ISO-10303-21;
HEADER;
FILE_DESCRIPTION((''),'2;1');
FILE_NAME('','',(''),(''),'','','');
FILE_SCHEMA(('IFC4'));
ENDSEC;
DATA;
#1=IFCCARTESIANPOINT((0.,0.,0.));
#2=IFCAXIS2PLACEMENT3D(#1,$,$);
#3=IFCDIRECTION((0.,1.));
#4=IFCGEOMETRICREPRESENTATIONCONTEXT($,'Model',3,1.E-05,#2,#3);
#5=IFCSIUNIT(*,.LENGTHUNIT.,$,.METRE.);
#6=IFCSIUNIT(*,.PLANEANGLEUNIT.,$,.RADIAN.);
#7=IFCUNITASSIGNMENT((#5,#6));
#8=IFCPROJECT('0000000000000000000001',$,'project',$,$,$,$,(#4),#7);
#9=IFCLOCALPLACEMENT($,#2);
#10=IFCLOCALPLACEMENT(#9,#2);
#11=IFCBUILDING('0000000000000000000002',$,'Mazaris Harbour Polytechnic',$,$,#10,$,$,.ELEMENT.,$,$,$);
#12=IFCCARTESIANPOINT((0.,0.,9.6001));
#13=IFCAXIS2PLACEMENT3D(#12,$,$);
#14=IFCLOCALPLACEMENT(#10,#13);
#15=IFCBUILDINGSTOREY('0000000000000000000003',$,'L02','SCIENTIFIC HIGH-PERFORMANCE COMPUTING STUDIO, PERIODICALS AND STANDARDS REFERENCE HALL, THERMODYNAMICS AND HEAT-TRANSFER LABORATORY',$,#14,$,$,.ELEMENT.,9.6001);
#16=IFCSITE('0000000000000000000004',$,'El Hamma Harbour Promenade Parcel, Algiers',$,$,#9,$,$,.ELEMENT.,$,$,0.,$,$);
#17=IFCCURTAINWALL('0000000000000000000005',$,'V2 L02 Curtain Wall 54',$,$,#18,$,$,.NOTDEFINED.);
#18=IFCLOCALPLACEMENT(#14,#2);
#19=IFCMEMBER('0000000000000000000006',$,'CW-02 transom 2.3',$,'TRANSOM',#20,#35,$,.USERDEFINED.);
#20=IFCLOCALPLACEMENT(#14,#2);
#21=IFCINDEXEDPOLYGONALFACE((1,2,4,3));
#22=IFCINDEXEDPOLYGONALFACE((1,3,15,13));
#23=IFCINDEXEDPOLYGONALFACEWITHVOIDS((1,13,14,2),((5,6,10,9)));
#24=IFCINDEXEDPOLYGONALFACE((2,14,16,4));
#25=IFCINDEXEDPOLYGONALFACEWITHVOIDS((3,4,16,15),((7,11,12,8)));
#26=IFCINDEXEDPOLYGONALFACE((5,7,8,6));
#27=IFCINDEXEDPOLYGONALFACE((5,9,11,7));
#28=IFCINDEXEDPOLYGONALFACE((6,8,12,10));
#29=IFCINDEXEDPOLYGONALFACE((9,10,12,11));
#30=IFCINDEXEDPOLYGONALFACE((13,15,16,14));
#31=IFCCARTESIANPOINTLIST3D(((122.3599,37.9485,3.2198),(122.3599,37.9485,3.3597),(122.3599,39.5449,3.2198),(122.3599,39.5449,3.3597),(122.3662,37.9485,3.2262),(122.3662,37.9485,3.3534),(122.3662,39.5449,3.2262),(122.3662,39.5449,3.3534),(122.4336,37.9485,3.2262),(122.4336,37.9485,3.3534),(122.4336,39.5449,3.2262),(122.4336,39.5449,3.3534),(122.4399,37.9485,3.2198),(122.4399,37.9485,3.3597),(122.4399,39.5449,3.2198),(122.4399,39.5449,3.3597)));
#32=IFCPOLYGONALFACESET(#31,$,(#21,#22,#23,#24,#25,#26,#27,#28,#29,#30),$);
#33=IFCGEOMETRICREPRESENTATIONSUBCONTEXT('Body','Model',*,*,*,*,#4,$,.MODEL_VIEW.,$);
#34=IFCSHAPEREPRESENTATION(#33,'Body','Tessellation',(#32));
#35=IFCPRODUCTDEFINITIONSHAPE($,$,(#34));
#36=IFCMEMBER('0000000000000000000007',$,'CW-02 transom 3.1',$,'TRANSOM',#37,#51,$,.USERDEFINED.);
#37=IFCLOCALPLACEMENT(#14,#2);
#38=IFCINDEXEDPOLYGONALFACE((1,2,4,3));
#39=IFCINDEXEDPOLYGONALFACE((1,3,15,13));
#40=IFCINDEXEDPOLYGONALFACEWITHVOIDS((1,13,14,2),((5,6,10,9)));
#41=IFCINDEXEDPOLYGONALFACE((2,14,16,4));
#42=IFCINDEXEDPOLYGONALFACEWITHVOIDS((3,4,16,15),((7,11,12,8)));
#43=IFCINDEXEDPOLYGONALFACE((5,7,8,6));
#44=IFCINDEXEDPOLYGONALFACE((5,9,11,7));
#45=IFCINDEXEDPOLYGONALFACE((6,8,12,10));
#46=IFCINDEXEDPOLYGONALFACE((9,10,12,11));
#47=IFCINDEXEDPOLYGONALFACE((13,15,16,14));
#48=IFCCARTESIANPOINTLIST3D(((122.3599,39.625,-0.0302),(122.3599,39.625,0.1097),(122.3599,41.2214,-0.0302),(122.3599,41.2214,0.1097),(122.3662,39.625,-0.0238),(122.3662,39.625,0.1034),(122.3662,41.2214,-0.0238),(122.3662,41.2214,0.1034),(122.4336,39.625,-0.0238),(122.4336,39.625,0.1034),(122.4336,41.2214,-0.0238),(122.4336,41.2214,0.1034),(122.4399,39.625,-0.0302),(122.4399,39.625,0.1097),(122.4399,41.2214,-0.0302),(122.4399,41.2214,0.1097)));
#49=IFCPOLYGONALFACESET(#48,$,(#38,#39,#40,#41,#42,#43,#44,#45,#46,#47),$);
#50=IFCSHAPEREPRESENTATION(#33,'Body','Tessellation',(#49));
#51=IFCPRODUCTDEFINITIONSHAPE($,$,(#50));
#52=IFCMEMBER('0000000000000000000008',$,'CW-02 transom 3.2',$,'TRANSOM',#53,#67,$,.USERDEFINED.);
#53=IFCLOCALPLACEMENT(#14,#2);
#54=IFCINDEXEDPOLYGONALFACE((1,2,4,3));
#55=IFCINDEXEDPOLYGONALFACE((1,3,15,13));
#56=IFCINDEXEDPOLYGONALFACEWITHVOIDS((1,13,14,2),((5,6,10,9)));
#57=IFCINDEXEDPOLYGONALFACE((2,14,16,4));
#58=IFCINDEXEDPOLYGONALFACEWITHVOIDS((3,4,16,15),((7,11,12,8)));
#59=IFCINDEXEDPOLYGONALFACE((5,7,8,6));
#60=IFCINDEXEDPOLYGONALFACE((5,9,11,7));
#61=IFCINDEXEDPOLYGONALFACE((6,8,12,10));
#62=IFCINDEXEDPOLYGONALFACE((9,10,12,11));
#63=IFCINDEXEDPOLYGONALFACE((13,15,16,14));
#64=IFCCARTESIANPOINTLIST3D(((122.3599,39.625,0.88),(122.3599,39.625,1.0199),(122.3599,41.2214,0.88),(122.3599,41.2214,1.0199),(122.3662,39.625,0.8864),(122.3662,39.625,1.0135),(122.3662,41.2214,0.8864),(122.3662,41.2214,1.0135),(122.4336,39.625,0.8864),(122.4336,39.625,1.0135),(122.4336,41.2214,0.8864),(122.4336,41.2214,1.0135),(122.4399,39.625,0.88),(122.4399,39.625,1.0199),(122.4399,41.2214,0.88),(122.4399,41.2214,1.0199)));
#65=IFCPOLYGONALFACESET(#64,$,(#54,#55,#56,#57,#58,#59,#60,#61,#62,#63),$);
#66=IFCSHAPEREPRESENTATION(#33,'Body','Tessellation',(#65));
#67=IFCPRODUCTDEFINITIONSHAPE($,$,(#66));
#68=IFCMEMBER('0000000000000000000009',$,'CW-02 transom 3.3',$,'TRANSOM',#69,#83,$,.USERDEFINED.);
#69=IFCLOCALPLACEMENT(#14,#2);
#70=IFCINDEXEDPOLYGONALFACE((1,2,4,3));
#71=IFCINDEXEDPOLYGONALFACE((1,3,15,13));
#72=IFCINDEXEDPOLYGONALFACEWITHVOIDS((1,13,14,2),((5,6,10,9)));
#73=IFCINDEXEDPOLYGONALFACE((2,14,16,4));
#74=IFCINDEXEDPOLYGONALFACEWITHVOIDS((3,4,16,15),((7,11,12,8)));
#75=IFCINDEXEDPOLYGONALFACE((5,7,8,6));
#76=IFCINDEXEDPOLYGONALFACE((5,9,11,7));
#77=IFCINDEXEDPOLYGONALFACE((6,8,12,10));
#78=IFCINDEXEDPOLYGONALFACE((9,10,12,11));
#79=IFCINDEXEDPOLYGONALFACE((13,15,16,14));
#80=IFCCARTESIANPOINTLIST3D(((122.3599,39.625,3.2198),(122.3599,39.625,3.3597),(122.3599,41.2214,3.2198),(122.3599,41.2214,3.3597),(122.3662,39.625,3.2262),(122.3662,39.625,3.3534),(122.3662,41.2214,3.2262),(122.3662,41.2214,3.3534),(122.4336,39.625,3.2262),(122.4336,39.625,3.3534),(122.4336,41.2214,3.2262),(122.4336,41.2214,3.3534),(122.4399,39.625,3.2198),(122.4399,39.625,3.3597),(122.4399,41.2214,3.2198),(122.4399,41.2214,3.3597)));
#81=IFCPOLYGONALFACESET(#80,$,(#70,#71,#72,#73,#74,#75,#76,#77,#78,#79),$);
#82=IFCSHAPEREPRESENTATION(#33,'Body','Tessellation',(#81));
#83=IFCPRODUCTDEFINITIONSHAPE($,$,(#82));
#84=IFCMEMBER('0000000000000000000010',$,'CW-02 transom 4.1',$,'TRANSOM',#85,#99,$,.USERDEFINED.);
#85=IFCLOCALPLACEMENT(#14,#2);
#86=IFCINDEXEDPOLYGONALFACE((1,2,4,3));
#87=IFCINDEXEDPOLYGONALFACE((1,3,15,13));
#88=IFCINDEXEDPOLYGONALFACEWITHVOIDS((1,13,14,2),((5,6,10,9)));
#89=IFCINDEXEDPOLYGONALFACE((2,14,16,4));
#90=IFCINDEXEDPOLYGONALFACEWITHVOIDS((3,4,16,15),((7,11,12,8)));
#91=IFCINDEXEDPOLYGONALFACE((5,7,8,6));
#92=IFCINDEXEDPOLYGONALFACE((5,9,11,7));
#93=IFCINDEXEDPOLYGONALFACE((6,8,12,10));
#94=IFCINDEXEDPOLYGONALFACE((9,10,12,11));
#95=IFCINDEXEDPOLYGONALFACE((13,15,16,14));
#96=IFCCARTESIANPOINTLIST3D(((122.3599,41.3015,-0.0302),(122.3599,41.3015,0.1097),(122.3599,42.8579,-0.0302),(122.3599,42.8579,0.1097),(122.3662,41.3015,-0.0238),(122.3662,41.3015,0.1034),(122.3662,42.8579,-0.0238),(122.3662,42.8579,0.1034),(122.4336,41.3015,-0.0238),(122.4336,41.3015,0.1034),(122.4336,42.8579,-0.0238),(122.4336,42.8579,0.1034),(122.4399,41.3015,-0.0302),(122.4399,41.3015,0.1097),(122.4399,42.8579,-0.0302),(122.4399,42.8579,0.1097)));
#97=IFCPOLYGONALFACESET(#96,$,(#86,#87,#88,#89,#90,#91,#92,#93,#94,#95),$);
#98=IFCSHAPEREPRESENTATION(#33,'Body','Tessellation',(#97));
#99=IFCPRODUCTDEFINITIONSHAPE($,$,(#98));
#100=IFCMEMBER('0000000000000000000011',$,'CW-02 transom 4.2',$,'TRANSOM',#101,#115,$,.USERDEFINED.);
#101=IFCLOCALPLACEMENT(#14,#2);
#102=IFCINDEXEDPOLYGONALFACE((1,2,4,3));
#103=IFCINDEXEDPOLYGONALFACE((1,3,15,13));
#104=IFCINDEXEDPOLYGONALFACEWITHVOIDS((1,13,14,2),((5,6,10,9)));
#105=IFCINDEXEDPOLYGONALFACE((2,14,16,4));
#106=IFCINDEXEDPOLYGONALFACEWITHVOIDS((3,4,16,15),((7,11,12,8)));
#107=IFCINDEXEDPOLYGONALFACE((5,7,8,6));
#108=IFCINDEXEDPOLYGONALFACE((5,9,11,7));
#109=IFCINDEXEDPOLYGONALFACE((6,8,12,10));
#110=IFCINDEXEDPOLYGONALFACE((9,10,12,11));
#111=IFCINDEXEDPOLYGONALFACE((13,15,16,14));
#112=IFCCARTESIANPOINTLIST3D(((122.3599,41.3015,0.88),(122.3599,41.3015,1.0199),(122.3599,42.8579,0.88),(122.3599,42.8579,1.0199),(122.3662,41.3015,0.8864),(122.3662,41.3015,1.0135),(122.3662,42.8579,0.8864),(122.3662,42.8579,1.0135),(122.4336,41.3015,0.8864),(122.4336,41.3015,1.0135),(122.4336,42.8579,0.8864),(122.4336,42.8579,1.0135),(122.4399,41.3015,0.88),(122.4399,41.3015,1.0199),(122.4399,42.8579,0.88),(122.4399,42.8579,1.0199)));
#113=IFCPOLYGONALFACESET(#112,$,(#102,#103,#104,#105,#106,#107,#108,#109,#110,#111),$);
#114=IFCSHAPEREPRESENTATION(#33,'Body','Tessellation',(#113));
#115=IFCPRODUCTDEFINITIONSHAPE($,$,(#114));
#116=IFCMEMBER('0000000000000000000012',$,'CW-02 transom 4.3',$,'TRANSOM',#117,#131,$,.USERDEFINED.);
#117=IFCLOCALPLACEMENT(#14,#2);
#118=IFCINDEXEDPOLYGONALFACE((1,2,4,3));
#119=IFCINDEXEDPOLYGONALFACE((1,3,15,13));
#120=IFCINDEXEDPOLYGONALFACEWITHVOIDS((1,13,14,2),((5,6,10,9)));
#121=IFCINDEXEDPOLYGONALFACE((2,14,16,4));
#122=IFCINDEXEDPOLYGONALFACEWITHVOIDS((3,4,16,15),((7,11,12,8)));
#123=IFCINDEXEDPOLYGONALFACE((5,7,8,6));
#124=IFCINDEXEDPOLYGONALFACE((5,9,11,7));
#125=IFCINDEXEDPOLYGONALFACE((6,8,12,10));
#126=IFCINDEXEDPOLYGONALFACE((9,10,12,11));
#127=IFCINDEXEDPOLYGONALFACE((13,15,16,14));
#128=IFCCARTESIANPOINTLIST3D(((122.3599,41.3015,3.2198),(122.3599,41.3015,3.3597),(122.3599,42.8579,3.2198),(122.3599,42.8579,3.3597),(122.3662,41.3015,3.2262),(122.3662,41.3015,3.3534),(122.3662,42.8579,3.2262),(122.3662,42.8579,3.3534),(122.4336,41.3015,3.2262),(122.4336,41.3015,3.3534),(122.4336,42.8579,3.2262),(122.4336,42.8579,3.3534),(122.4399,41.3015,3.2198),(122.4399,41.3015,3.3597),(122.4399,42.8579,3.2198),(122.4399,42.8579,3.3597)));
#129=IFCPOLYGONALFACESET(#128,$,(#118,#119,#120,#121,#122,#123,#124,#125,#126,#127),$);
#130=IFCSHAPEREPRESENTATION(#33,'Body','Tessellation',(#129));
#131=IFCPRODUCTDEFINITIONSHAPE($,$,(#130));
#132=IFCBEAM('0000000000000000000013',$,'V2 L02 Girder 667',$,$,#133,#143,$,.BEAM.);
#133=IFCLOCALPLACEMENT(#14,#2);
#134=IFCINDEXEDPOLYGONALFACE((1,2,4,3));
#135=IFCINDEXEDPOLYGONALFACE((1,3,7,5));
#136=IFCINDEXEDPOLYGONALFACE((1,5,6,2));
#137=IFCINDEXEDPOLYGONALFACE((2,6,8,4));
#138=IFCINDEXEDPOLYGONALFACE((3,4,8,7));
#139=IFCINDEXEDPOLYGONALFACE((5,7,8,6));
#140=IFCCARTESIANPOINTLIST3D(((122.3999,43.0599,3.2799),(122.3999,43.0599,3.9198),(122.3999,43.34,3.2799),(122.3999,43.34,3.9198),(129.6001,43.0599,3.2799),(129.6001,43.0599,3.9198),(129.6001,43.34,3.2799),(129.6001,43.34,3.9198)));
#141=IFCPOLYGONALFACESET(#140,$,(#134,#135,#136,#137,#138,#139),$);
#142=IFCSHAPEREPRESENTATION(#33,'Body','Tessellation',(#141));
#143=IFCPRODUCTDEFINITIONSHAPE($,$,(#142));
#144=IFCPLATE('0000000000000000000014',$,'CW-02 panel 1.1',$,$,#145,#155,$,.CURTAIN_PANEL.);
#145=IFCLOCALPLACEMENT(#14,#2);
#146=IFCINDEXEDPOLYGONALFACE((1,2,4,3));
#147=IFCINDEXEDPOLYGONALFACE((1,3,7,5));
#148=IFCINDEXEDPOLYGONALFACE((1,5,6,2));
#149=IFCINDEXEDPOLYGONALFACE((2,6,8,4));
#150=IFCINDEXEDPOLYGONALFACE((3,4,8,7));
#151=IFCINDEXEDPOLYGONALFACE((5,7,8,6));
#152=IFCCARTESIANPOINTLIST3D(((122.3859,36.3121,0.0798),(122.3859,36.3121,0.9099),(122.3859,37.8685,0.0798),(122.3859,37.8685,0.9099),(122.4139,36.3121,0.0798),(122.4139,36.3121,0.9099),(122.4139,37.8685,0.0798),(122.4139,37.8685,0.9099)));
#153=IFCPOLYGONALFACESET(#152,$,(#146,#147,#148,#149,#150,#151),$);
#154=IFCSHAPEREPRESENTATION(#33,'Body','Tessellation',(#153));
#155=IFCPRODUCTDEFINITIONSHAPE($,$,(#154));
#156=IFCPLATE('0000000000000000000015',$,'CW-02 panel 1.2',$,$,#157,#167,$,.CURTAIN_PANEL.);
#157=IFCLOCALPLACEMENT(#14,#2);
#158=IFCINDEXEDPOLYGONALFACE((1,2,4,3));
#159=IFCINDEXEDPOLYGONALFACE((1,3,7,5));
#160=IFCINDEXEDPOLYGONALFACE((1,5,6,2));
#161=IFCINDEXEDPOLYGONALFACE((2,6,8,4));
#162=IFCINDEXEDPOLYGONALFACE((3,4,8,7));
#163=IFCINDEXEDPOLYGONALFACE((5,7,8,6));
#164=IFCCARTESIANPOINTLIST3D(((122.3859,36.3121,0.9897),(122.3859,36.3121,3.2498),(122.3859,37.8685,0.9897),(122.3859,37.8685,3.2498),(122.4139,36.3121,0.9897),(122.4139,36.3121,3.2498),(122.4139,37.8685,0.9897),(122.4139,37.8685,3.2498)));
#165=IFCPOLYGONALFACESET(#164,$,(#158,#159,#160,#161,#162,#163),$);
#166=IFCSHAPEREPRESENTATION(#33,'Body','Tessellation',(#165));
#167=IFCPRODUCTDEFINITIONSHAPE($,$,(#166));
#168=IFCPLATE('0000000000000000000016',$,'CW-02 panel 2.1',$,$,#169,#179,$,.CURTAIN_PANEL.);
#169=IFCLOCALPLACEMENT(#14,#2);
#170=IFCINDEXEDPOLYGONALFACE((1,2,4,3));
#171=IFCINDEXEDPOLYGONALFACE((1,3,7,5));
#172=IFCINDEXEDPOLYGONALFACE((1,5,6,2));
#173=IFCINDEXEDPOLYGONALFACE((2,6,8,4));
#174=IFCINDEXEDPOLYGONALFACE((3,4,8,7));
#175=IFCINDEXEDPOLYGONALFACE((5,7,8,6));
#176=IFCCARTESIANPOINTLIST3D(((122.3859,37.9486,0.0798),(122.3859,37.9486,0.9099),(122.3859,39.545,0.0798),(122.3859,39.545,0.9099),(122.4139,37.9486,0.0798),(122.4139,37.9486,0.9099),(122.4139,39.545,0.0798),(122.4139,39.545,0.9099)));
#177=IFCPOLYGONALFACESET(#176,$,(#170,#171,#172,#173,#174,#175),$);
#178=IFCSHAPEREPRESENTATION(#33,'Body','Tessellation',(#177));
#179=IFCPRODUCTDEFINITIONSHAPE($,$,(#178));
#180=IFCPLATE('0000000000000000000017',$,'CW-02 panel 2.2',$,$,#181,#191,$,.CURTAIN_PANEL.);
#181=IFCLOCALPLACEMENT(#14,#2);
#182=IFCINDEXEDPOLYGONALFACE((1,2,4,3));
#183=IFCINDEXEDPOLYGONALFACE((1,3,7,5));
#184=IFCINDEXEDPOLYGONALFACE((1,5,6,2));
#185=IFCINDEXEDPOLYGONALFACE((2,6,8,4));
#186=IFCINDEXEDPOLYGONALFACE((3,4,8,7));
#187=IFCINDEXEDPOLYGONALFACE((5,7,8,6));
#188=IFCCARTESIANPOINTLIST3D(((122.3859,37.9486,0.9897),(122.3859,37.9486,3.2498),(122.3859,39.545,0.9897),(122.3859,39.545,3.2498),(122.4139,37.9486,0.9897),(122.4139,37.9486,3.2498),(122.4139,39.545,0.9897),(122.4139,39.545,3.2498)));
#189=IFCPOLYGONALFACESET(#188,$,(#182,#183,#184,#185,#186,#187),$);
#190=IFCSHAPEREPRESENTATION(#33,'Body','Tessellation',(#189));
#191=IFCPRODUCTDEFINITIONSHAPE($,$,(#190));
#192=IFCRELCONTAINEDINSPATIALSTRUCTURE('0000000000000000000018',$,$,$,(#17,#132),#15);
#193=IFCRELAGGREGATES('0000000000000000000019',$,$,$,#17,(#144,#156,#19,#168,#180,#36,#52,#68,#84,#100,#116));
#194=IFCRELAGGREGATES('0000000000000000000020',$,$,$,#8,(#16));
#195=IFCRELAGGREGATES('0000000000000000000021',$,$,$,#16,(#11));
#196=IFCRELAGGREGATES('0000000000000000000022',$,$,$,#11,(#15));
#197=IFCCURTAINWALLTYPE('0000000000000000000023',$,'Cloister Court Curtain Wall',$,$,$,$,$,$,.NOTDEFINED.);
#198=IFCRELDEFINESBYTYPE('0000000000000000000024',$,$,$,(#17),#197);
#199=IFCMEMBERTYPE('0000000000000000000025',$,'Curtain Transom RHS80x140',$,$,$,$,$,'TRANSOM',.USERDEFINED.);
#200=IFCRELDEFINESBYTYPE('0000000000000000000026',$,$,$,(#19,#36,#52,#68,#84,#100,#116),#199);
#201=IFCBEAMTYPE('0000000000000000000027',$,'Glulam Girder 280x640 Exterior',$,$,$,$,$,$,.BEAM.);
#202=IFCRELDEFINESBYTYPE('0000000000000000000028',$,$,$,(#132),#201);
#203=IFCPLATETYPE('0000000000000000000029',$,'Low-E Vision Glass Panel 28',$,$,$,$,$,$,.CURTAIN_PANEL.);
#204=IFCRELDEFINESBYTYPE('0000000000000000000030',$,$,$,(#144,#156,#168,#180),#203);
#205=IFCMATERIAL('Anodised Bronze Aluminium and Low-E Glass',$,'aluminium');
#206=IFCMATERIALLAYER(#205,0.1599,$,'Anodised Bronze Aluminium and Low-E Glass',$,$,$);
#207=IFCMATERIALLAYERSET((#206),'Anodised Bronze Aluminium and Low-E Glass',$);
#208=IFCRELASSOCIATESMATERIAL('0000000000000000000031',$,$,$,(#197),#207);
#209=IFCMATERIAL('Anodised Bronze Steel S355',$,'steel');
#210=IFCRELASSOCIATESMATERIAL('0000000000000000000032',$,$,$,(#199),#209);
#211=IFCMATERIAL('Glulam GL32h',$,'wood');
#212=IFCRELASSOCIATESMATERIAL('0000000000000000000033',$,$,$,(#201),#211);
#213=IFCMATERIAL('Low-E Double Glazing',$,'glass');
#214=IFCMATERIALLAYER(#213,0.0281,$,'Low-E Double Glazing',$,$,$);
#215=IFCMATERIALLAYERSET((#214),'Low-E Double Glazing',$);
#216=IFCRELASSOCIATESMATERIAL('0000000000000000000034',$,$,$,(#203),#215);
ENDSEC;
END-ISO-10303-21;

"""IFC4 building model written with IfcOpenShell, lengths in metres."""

from ifc_helpers import new_model, si_unit, direction, frame, origin, origin_2d, place, context, subcontext, project, spatial, rectangle, hollow_rectangle, extrude, material, layer, layer_set, material_profile, profile_set, type_object, element, aggregate, save


model = new_model("IFC4")

# Units and contexts
model_context = context("Model", 3, precision=1e-05, world=origin(), true_north=direction((0.0, 1.0)))
body_context = subcontext(model_context, "Body", "Model", "MODEL_VIEW")
ifc_project = project(units=[si_unit("LENGTHUNIT", "METRE"), si_unit("PLANEANGLEUNIT", "RADIAN")], contexts=[model_context])

# Site, building, storey
site_placement = place(None, origin())
site = spatial("IfcSite", under=ifc_project, at=site_placement, Name="El Hamma Harbour Promenade Parcel, Algiers", CompositionType="ELEMENT", RefElevation=0.0)
building_placement = place(site_placement, origin())
building = spatial("IfcBuilding", under=site, at=building_placement, Name="Mazaris Harbour Polytechnic", CompositionType="ELEMENT")
storey_placement = place(building_placement, frame((0.0, 0.0, 9.6001)))
storey = spatial("IfcBuildingStorey", under=building, at=storey_placement, Name="L02", Description="SCIENTIFIC HIGH-PERFORMANCE COMPUTING STUDIO, PERIODICALS AND STANDARDS REFERENCE HALL, THERMODYNAMICS AND HEAT-TRANSFER LABORATORY", CompositionType="ELEMENT", Elevation=9.6001)

# Curtain wall, members
ifc_material_1 = material(Name="Anodised Bronze Aluminium and Low-E Glass", Category="aluminium")
ifc_layer_1 = layer(ifc_material_1, 0.1599, Name="Anodised Bronze Aluminium and Low-E Glass")
ifc_layer_set_1 = layer_set([ifc_layer_1], Name="Anodised Bronze Aluminium and Low-E Glass")
curtain_wall_type = type_object("IfcCurtainWallType", Name="Cloister Court Curtain Wall", PredefinedType="NOTDEFINED", material=ifc_layer_set_1)
curtain_wall_placement = place(storey_placement, origin())
curtain_wall = element("IfcCurtainWall", 1, at=curtain_wall_placement, inside=storey, type_object=curtain_wall_type, Name="V2 L02 Curtain Wall 54", PredefinedType="NOTDEFINED")
ifc_material_2 = material(Name="Anodised Bronze Steel S355", Category="steel")
ifc_material_profile_1 = material_profile(ifc_material_2, hollow_rectangle(XDim=0.0801, YDim=0.1399, WallThickness=0.0063, at=origin_2d()), Name="RHS 80x140x6.3")
ifc_profile_set_1 = profile_set([ifc_material_profile_1], Name="Anodised Bronze Steel S355")
member_type_1 = type_object("IfcMemberType", Name="Curtain Transom RHS80x140", ElementType="TRANSOM", PredefinedType="USERDEFINED", material=ifc_profile_set_1)
member_1_placement = place(storey_placement, frame((122.3999, 37.9485, 3.2898), z_axis=(0.0, 1.0, 0.0), x_axis=(-1.0, 0.0, 0.0)))
member_1 = element("IfcMember", 2, at=member_1_placement, type_object=member_type_1, Name="CW-02 transom 2.3", ObjectType="TRANSOM", PredefinedType="USERDEFINED", context=body_context, shape_type="SweptSolid", body=[
    extrude(hollow_rectangle(XDim=0.0801, YDim=0.1399, WallThickness=0.0063, at=origin_2d()), origin(), (0.0, 0.0, 1.0), 1.5964),
])
member_2_placement = place(storey_placement, frame((122.3999, 39.625, 0.0398), z_axis=(0.0, 1.0, 0.0), x_axis=(-1.0, 0.0, 0.0)))
member_2 = element("IfcMember", 3, at=member_2_placement, type_object=member_type_1, Name="CW-02 transom 3.1", ObjectType="TRANSOM", PredefinedType="USERDEFINED", context=body_context, shape_type="SweptSolid", body=[
    extrude(hollow_rectangle(XDim=0.0801, YDim=0.1399, WallThickness=0.0063, at=origin_2d()), origin(), (0.0, 0.0, 1.0), 1.5964),
])
member_3_placement = place(storey_placement, frame((122.3999, 39.625, 0.95), z_axis=(0.0, 1.0, 0.0), x_axis=(-1.0, 0.0, 0.0)))
member_3 = element("IfcMember", 4, at=member_3_placement, type_object=member_type_1, Name="CW-02 transom 3.2", ObjectType="TRANSOM", PredefinedType="USERDEFINED", context=body_context, shape_type="SweptSolid", body=[
    extrude(hollow_rectangle(XDim=0.0801, YDim=0.1399, WallThickness=0.0063, at=origin_2d()), origin(), (0.0, 0.0, 1.0), 1.5964),
])
member_4_placement = place(storey_placement, frame((122.3999, 39.625, 3.2898), z_axis=(0.0, 1.0, 0.0), x_axis=(-1.0, 0.0, 0.0)))
member_4 = element("IfcMember", 5, at=member_4_placement, type_object=member_type_1, Name="CW-02 transom 3.3", ObjectType="TRANSOM", PredefinedType="USERDEFINED", context=body_context, shape_type="SweptSolid", body=[
    extrude(hollow_rectangle(XDim=0.0801, YDim=0.1399, WallThickness=0.0063, at=origin_2d()), origin(), (0.0, 0.0, 1.0), 1.5964),
])
member_5_placement = place(storey_placement, frame((122.3999, 41.3015, 0.0398), z_axis=(0.0, 1.0, 0.0), x_axis=(-1.0, 0.0, 0.0)))
member_5 = element("IfcMember", 6, at=member_5_placement, type_object=member_type_1, Name="CW-02 transom 4.1", ObjectType="TRANSOM", PredefinedType="USERDEFINED", context=body_context, shape_type="SweptSolid", body=[
    extrude(hollow_rectangle(XDim=0.0801, YDim=0.1399, WallThickness=0.0063, at=origin_2d()), origin(), (0.0, 0.0, 1.0), 1.5564),
])
member_6_placement = place(storey_placement, frame((122.3999, 41.3015, 0.95), z_axis=(0.0, 1.0, 0.0), x_axis=(-1.0, 0.0, 0.0)))
member_6 = element("IfcMember", 7, at=member_6_placement, type_object=member_type_1, Name="CW-02 transom 4.2", ObjectType="TRANSOM", PredefinedType="USERDEFINED", context=body_context, shape_type="SweptSolid", body=[
    extrude(hollow_rectangle(XDim=0.0801, YDim=0.1399, WallThickness=0.0063, at=origin_2d()), origin(), (0.0, 0.0, 1.0), 1.5564),
])
member_7_placement = place(storey_placement, frame((122.3999, 41.3015, 3.2898), z_axis=(0.0, 1.0, 0.0), x_axis=(-1.0, 0.0, 0.0)))
member_7 = element("IfcMember", 8, at=member_7_placement, type_object=member_type_1, Name="CW-02 transom 4.3", ObjectType="TRANSOM", PredefinedType="USERDEFINED", context=body_context, shape_type="SweptSolid", body=[
    extrude(hollow_rectangle(XDim=0.0801, YDim=0.1399, WallThickness=0.0063, at=origin_2d()), origin(), (0.0, 0.0, 1.0), 1.5564),
])

# Beam
ifc_material_3 = material(Name="Glulam GL32h", Category="wood")
ifc_material_profile_2 = material_profile(ifc_material_3, rectangle(XDim=0.28, YDim=0.6399, at=origin_2d()), Name="RECT280x640")
ifc_profile_set_2 = profile_set([ifc_material_profile_2], Name="Glulam GL32h")
beam_type = type_object("IfcBeamType", Name="Glulam Girder 280x640 Exterior", PredefinedType="BEAM", material=ifc_profile_set_2)
beam_placement = place(storey_placement, frame((122.3999, 43.2, 3.5999), z_axis=(1.0, 0.0, 0.0), x_axis=(0.0, 1.0, 0.0)))
element("IfcBeam", 9, at=beam_placement, inside=storey, type_object=beam_type, Name="V2 L02 Girder 667", PredefinedType="BEAM", context=body_context, shape_type="SweptSolid", body=[
    extrude(rectangle(XDim=0.28, YDim=0.6399, at=origin_2d()), origin(), (0.0, 0.0, 1.0), 7.2002),
])

# Plates
ifc_material_4 = material(Name="Low-E Double Glazing", Category="glass")
ifc_layer_2 = layer(ifc_material_4, 0.0281, Name="Low-E Double Glazing")
ifc_layer_set_2 = layer_set([ifc_layer_2], Name="Low-E Double Glazing")
plate_type = type_object("IfcPlateType", Name="Low-E Vision Glass Panel 28", PredefinedType="CURTAIN_PANEL", material=ifc_layer_set_2)
plate_1_placement = place(storey_placement, frame((122.3999, 37.0903, 0.0798), z_axis=(0.0, 0.0, 1.0), x_axis=(0.0, 1.0, 0.0)))
plate_1 = element("IfcPlate", 10, at=plate_1_placement, type_object=plate_type, Name="CW-02 panel 1.1", PredefinedType="CURTAIN_PANEL", context=body_context, shape_type="SweptSolid", body=[
    extrude(rectangle(XDim=1.5564, YDim=0.0281, at=origin_2d()), origin(), (0.0, 0.0, 1.0), 0.8301),
])
plate_2_placement = place(storey_placement, frame((122.3999, 37.0903, 0.9897), z_axis=(0.0, 0.0, 1.0), x_axis=(0.0, 1.0, 0.0)))
plate_2 = element("IfcPlate", 11, at=plate_2_placement, type_object=plate_type, Name="CW-02 panel 1.2", PredefinedType="CURTAIN_PANEL", context=body_context, shape_type="SweptSolid", body=[
    extrude(rectangle(XDim=1.5564, YDim=0.0281, at=origin_2d()), origin(), (0.0, 0.0, 1.0), 2.26),
])
plate_3_placement = place(storey_placement, frame((122.3999, 38.7468, 0.0798), z_axis=(0.0, 0.0, 1.0), x_axis=(0.0, 1.0, 0.0)))
plate_3 = element("IfcPlate", 12, at=plate_3_placement, type_object=plate_type, Name="CW-02 panel 2.1", PredefinedType="CURTAIN_PANEL", context=body_context, shape_type="SweptSolid", body=[
    extrude(rectangle(XDim=1.5964, YDim=0.0281, at=origin_2d()), origin(), (0.0, 0.0, 1.0), 0.8301),
])
plate_4_placement = place(storey_placement, frame((122.3999, 38.7468, 0.9897), z_axis=(0.0, 0.0, 1.0), x_axis=(0.0, 1.0, 0.0)))
plate_4 = element("IfcPlate", 13, at=plate_4_placement, type_object=plate_type, Name="CW-02 panel 2.2", PredefinedType="CURTAIN_PANEL", context=body_context, shape_type="SweptSolid", body=[
    extrude(rectangle(XDim=1.5964, YDim=0.0281, at=origin_2d()), origin(), (0.0, 0.0, 1.0), 2.26),
])
aggregate(curtain_wall, [plate_1, plate_2, member_1, plate_3, plate_4, member_2, member_3, member_4, member_5, member_6, member_7])

save(model, "model.ifc")
